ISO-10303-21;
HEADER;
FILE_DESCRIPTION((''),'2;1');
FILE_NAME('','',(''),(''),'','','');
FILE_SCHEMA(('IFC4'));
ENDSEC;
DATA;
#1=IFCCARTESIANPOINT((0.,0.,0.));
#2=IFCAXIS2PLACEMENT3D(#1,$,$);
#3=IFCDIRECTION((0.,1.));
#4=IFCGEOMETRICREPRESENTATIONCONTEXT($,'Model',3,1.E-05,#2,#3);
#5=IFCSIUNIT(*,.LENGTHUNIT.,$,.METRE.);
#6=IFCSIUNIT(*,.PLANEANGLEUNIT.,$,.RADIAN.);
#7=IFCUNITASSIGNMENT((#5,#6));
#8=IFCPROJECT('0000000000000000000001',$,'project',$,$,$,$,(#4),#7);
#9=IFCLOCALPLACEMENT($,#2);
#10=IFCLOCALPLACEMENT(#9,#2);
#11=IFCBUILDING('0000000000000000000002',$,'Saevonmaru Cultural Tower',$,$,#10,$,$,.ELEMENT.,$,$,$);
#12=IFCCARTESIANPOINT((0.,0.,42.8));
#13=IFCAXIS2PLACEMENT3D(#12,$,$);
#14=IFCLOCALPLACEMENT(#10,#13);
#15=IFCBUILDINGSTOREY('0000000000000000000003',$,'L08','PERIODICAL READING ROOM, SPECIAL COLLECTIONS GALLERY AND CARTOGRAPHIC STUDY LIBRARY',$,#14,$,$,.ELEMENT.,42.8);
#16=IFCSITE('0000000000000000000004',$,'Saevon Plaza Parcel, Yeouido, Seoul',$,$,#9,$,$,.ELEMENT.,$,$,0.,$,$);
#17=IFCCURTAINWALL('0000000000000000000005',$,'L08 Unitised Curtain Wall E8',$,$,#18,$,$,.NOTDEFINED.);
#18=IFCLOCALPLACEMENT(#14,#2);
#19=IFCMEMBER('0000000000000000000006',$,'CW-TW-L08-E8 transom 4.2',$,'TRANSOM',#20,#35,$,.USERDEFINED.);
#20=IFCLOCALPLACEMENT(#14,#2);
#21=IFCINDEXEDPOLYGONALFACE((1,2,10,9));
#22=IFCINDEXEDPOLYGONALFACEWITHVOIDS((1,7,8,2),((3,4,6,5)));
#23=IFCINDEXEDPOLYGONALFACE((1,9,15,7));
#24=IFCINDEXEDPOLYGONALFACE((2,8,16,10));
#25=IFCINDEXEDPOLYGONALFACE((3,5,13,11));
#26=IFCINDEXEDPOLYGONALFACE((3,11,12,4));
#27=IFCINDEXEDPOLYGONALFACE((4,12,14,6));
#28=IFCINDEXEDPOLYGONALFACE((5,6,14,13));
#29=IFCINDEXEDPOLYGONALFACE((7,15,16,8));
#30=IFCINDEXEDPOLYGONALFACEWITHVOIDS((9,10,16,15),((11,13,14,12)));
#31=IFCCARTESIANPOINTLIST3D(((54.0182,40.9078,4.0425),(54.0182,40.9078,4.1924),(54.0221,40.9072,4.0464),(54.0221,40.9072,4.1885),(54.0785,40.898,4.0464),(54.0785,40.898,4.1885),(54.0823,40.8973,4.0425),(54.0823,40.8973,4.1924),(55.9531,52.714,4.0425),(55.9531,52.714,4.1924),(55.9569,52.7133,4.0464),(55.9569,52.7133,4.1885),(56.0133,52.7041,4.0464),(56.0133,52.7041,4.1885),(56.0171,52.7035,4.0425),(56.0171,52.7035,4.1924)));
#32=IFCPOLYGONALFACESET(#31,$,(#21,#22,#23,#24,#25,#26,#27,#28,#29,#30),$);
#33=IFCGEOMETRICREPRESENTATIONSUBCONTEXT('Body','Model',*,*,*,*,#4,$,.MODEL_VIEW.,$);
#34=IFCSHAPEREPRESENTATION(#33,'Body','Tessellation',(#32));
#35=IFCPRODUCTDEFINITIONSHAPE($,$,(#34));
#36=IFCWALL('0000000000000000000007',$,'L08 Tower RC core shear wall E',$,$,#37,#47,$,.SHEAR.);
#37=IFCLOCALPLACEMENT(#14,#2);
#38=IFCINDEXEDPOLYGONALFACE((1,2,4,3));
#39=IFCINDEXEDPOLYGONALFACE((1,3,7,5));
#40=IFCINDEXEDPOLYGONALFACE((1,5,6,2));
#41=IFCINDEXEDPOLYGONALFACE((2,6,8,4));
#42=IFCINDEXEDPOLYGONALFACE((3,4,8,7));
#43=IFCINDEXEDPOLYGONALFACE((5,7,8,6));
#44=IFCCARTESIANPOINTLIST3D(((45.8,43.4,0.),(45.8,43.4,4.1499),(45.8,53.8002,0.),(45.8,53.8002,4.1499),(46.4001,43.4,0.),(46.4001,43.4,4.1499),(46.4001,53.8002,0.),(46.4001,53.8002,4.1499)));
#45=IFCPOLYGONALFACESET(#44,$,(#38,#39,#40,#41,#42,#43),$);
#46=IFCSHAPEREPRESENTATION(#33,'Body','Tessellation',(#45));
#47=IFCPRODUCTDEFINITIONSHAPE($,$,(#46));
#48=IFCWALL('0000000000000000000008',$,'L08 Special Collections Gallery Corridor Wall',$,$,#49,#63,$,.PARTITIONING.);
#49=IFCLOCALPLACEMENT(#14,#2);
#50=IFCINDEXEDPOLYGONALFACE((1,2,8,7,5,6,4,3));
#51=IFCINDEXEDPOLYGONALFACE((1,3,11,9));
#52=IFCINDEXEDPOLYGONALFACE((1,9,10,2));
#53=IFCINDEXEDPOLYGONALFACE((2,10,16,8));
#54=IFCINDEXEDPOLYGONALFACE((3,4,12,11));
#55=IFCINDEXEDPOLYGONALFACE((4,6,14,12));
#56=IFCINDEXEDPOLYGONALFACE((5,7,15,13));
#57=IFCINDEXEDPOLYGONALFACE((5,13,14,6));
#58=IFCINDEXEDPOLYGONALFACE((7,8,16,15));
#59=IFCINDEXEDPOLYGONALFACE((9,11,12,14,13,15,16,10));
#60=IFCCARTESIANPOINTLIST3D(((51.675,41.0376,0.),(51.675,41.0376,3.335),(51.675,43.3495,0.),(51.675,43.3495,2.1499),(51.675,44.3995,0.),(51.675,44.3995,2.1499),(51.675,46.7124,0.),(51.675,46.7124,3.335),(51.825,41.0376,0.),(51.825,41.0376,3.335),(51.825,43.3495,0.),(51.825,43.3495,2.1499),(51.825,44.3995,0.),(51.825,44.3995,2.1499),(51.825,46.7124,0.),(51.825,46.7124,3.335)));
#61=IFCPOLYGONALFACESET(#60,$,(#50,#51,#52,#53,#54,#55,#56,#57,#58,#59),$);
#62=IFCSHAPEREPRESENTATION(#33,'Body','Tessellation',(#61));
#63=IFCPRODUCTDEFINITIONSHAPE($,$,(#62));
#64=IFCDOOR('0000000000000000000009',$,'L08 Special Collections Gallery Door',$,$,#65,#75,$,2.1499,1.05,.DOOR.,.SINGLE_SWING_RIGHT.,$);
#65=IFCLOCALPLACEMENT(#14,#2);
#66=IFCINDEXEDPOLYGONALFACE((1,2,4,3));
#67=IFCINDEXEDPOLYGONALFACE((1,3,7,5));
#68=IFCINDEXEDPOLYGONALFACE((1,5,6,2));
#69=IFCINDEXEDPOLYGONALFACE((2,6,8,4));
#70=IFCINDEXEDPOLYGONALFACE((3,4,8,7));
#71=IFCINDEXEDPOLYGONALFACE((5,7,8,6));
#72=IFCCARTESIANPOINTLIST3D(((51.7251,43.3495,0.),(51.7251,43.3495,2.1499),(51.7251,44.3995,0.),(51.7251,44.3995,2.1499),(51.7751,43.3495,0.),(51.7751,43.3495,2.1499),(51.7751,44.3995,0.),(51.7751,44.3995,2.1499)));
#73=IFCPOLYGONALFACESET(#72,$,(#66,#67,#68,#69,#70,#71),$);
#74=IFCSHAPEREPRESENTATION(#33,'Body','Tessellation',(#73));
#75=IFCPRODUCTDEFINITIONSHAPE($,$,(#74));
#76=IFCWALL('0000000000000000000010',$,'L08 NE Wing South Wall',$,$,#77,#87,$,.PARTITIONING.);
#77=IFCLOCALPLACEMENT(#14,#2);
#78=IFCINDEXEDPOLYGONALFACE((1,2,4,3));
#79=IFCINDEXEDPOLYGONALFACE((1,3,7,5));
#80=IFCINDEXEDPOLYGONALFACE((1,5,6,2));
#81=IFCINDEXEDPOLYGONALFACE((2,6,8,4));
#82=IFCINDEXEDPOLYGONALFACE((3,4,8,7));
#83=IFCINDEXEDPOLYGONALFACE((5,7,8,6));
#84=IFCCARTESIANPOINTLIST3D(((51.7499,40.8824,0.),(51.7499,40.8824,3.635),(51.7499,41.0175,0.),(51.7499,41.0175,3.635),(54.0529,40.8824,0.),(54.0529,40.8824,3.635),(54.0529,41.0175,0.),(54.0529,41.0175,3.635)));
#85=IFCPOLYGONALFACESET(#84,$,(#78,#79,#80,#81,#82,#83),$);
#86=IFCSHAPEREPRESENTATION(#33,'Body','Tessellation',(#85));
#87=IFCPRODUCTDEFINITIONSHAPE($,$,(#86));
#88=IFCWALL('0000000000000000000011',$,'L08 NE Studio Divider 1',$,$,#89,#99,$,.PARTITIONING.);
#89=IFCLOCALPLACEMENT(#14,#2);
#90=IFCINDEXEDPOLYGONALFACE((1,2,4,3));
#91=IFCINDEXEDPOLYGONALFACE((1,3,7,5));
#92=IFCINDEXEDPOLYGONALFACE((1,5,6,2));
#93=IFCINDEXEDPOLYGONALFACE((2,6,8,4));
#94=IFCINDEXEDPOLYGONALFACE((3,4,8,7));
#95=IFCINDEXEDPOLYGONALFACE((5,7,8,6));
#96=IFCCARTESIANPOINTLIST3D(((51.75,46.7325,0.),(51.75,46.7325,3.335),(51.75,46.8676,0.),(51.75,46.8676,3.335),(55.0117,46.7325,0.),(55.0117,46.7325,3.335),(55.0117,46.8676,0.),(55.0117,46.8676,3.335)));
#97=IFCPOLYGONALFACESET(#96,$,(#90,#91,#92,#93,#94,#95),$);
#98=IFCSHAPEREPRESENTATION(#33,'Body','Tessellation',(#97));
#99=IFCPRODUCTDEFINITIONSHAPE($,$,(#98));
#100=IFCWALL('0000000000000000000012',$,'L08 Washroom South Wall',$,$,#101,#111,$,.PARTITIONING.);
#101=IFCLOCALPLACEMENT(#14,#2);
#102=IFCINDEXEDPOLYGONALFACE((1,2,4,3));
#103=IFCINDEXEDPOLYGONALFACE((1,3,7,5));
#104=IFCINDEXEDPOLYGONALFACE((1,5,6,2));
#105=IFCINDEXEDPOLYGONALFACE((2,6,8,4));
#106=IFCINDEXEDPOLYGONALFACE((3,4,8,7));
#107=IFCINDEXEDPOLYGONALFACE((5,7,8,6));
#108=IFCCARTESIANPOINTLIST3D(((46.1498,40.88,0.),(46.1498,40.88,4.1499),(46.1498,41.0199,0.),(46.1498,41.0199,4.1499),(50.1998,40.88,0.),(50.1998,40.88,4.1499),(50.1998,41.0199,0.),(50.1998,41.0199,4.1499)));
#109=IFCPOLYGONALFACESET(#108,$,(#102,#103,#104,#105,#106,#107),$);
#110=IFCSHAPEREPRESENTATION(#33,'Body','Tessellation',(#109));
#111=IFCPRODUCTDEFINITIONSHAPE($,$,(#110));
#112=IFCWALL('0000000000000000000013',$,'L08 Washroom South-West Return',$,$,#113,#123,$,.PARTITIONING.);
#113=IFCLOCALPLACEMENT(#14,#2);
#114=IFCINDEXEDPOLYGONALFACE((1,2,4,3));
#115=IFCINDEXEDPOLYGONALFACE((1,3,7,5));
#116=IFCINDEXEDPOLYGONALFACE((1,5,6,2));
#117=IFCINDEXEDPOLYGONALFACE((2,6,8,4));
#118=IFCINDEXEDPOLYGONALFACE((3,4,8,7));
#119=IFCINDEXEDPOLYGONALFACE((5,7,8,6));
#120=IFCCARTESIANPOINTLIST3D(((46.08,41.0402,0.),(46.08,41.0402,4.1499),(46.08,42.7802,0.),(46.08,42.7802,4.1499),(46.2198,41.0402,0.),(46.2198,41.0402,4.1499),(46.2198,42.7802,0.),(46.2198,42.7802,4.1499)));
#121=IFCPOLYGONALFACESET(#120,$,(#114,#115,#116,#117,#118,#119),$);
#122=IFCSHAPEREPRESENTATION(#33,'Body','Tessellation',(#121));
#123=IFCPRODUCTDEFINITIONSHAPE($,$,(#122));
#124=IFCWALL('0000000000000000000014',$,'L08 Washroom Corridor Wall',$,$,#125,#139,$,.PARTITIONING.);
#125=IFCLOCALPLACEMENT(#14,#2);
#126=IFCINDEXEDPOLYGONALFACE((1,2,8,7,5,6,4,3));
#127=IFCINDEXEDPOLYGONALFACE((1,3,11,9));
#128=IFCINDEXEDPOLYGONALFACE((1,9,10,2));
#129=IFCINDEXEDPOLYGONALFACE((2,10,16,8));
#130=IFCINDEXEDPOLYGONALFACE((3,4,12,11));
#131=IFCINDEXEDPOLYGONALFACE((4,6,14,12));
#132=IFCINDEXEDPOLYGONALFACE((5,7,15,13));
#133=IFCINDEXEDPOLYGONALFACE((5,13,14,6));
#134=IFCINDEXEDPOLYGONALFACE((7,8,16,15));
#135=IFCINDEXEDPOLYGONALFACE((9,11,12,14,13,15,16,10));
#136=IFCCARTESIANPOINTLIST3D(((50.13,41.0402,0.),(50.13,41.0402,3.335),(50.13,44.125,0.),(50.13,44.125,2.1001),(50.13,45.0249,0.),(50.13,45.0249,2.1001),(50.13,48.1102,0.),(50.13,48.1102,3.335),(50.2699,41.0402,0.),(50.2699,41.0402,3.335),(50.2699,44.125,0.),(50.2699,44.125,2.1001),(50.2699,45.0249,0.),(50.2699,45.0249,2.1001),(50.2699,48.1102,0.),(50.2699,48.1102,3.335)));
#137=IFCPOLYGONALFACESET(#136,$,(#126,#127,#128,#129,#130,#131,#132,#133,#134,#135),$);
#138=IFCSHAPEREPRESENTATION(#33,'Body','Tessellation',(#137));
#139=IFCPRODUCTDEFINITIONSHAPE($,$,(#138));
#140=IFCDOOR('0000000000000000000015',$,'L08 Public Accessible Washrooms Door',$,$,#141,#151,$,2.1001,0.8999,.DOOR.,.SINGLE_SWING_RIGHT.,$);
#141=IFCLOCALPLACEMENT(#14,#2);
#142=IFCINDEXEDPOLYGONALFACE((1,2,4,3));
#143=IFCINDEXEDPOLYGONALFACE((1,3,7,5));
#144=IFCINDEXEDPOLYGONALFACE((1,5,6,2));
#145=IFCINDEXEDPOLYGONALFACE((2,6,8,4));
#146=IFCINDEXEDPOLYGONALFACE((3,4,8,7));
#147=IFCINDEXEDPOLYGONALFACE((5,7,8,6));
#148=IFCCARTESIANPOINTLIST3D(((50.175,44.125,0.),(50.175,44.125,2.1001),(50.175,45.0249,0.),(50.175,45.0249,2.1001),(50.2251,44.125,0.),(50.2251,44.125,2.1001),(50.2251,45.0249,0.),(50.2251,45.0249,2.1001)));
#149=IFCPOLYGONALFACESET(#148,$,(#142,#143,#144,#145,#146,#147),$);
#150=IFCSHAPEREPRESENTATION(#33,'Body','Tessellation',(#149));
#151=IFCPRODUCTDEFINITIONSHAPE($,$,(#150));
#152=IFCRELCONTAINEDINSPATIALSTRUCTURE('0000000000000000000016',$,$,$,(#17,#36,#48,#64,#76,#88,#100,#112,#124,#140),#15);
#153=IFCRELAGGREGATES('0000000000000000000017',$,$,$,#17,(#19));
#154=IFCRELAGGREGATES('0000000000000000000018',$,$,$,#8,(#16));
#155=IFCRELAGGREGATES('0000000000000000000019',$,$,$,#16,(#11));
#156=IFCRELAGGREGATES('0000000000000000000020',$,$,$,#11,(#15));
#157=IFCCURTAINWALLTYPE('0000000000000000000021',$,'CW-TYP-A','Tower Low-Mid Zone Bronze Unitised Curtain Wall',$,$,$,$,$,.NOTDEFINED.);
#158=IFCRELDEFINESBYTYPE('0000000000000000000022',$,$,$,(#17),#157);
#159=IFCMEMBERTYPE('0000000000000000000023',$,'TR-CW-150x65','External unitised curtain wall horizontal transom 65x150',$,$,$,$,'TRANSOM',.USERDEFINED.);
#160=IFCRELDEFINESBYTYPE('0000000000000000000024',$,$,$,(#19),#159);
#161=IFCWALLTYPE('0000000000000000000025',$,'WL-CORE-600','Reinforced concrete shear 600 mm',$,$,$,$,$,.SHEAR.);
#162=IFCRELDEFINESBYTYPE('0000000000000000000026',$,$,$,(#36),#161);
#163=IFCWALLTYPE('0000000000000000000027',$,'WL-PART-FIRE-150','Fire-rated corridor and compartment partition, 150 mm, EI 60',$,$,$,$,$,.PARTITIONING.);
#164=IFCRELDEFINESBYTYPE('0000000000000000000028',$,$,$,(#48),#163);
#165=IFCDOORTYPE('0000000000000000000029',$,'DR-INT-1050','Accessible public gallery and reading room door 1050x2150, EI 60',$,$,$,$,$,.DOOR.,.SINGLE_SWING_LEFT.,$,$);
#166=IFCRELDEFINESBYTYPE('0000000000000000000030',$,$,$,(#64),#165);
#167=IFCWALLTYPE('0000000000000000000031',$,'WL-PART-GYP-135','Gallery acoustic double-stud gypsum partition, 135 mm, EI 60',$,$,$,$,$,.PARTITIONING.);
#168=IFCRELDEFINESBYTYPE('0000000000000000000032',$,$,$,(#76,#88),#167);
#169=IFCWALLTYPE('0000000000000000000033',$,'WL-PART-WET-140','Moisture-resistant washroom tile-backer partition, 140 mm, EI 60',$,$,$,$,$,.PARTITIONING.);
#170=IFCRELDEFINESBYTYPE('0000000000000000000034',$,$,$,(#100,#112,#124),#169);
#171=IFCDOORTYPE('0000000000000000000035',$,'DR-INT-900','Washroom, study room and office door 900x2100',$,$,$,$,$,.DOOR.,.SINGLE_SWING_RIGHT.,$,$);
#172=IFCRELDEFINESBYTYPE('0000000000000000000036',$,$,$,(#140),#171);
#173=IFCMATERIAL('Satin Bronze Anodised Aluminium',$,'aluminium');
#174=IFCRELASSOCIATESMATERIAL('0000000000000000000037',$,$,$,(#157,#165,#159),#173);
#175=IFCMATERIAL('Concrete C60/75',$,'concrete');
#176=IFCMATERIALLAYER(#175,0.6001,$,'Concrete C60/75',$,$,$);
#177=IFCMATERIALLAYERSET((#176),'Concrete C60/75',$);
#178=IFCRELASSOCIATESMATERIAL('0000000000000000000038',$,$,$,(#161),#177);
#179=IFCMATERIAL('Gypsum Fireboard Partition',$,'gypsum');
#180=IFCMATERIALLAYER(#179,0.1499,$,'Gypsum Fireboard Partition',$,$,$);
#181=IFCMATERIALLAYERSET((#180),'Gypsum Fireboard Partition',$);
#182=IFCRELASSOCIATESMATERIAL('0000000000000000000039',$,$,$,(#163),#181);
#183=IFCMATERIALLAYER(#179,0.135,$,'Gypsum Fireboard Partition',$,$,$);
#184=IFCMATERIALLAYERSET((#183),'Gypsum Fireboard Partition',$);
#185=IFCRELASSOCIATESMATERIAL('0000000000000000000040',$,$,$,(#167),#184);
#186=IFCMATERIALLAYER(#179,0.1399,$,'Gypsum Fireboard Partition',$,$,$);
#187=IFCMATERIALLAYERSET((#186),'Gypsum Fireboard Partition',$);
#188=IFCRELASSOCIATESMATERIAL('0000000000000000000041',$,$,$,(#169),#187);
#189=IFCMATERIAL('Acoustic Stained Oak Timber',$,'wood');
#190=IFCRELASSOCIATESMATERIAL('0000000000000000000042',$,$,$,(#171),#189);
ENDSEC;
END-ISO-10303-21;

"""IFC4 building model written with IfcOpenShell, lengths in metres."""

from ifc_helpers import new_model, si_unit, direction, frame, frame_2d, origin, origin_2d, place, context, subcontext, project, spatial, rectangle, hollow_rectangle, extrude, material, layer, layer_set, material_profile, profile_set, type_object, element, fill, aggregate, save


model = new_model("IFC4")

# Units and contexts
model_context = context("Model", 3, precision=1e-05, world=origin(), true_north=direction((0.0, 1.0)))
body_context = subcontext(model_context, "Body", "Model", "MODEL_VIEW")
ifc_project = project(units=[si_unit("LENGTHUNIT", "METRE"), si_unit("PLANEANGLEUNIT", "RADIAN")], contexts=[model_context])

# Site, building, storey
site_placement = place(None, origin())
site = spatial("IfcSite", under=ifc_project, at=site_placement, Name="Saevon Plaza Parcel, Yeouido, Seoul", CompositionType="ELEMENT", RefElevation=0.0)
building_placement = place(site_placement, origin())
building = spatial("IfcBuilding", under=site, at=building_placement, Name="Saevonmaru Cultural Tower", CompositionType="ELEMENT")
storey_placement = place(building_placement, frame((0.0, 0.0, 42.8)))
storey = spatial("IfcBuildingStorey", under=building, at=storey_placement, Name="L08", Description="PERIODICAL READING ROOM, SPECIAL COLLECTIONS GALLERY AND CARTOGRAPHIC STUDY LIBRARY", CompositionType="ELEMENT", Elevation=42.8)

# Curtain wall, member
ifc_material_1 = material(Name="Satin Bronze Anodised Aluminium", Category="aluminium")
curtain_wall_type = type_object("IfcCurtainWallType", Name="CW-TYP-A", Description="Tower Low-Mid Zone Bronze Unitised Curtain Wall", PredefinedType="NOTDEFINED", material=ifc_material_1)
curtain_wall_placement = place(storey_placement, origin())
curtain_wall = element("IfcCurtainWall", 1, at=curtain_wall_placement, inside=storey, type_object=curtain_wall_type, Name="L08 Unitised Curtain Wall E8", PredefinedType="NOTDEFINED")
ifc_material_profile_1 = material_profile(ifc_material_1, hollow_rectangle(XDim=0.0649, YDim=0.1499, WallThickness=0.0039, at=origin_2d()), Name="ALU-TRAN-150x65x4")
ifc_profile_set_1 = profile_set([ifc_material_profile_1], Name="Satin Bronze Anodised Aluminium")
member_type_1 = type_object("IfcMemberType", Name="TR-CW-150x65", Description="External unitised curtain wall horizontal transom 65x150", ElementType="TRANSOM", PredefinedType="USERDEFINED", material=ifc_profile_set_1)
member_1_placement = place(storey_placement, frame((54.0503, 40.9026, 4.1174), z_axis=(0.161725, 0.986836, 0.0), x_axis=(-0.986836, 0.161725, 0.0)))
member_1 = element("IfcMember", 2, at=member_1_placement, type_object=member_type_1, Name="CW-TW-L08-E8 transom 4.2", ObjectType="TRANSOM", PredefinedType="USERDEFINED", context=body_context, shape_type="SweptSolid", body=[
    extrude(hollow_rectangle(XDim=0.0649, YDim=0.1499, WallThickness=0.0039, at=origin_2d()), origin(), (0.0, 0.0, 1.0), 11.9636),
])
aggregate(curtain_wall, [member_1])

# Wall
ifc_material_2 = material(Name="Concrete C60/75", Category="concrete")
ifc_layer_1 = layer(ifc_material_2, 0.6001, Name="Concrete C60/75")
ifc_layer_set_1 = layer_set([ifc_layer_1], Name="Concrete C60/75")
wall_type_1 = type_object("IfcWallType", Name="WL-CORE-600", Description="Reinforced concrete shear 600 mm", PredefinedType="SHEAR", material=ifc_layer_set_1)
wall_1_placement = place(storey_placement, frame((46.1001, 43.3999, 0.0), z_axis=(0.0, 0.0, 1.0), x_axis=(0.0, 1.0, 0.0)))
element("IfcWall", 3, at=wall_1_placement, inside=storey, type_object=wall_type_1, Name="L08 Tower RC core shear wall E", PredefinedType="SHEAR", context=body_context, shape_type="SweptSolid", body=[
    extrude(rectangle(XDim=10.4001, YDim=0.6001, at=frame_2d((5.2002, 0.0))), origin(), (0.0, 0.0, 1.0), 4.1499),
])

# Wall, opening, door
ifc_material_3 = material(Name="Gypsum Fireboard Partition", Category="gypsum")
ifc_layer_2 = layer(ifc_material_3, 0.1499, Name="Gypsum Fireboard Partition")
ifc_layer_set_2 = layer_set([ifc_layer_2], Name="Gypsum Fireboard Partition")
wall_type_2 = type_object("IfcWallType", Name="WL-PART-FIRE-150", Description="Fire-rated corridor and compartment partition, 150 mm, EI 60", PredefinedType="PARTITIONING", material=ifc_layer_set_2)
wall_2_placement = place(storey_placement, frame((51.75, 41.0376, 0.0), z_axis=(0.0, 0.0, 1.0), x_axis=(0.0, 1.0, 0.0)))
wall_2 = element("IfcWall", 4, at=wall_2_placement, inside=storey, type_object=wall_type_2, Name="L08 Special Collections Gallery Corridor Wall", PredefinedType="PARTITIONING", context=body_context, shape_type="SweptSolid", body=[
    extrude(rectangle(XDim=5.6748, YDim=0.1499, at=frame_2d((2.8374, 0.0))), origin(), (0.0, 0.0, 1.0), 3.335),
])
opening_1_placement = place(wall_2_placement, frame((2.312, 0.0, 0.0)))
opening_1 = element("IfcOpeningElement", 5, at=opening_1_placement, cuts=wall_2, PredefinedType="OPENING", context=body_context, shape_type="SweptSolid", body=[
    extrude(rectangle(XDim=1.05, YDim=2.1499, at=frame_2d((0.5249, 1.075))), frame((0.0, 0.085, 0.0), z_axis=(0.0, -1.0, 0.0), x_axis=(1.0, 0.0, 0.0)), (0.0, 0.0, 1.0), 0.1699),
])
door_type_1 = type_object("IfcDoorType", Name="DR-INT-1050", Description="Accessible public gallery and reading room door 1050x2150, EI 60", OperationType="SINGLE_SWING_LEFT", PredefinedType="DOOR", material=ifc_material_1)
door_1_placement = place(opening_1_placement, origin())
door_1 = element("IfcDoor", 6, at=door_1_placement, inside=storey, type_object=door_type_1, Name="L08 Special Collections Gallery Door", OperationType="SINGLE_SWING_RIGHT", OverallHeight=2.1499, OverallWidth=1.05, PredefinedType="DOOR", context=body_context, shape_type="SweptSolid", body=[
    extrude(rectangle(XDim=1.05, YDim=2.1499, at=frame_2d((0.5249, 1.075))), frame((0.0, 0.0249, 0.0), z_axis=(0.0, -1.0, 0.0), x_axis=(1.0, 0.0, 0.0)), (0.0, 0.0, 1.0), 0.05),
])
fill(opening_1, door_1)

# Walls
ifc_layer_3 = layer(ifc_material_3, 0.135, Name="Gypsum Fireboard Partition")
ifc_layer_set_3 = layer_set([ifc_layer_3], Name="Gypsum Fireboard Partition")
wall_type_3 = type_object("IfcWallType", Name="WL-PART-GYP-135", Description="Gallery acoustic double-stud gypsum partition, 135 mm, EI 60", PredefinedType="PARTITIONING", material=ifc_layer_set_3)
wall_3_placement = place(storey_placement, frame((51.75, 40.95, 0.0), z_axis=(0.0, 0.0, 1.0), x_axis=(1.0, 0.0, 0.0)))
element("IfcWall", 7, at=wall_3_placement, inside=storey, type_object=wall_type_3, Name="L08 NE Wing South Wall", PredefinedType="PARTITIONING", context=body_context, shape_type="SweptSolid", body=[
    extrude(rectangle(XDim=2.303, YDim=0.135, at=frame_2d((1.1514, 0.0))), origin(), (0.0, 0.0, 1.0), 3.635),
])
wall_4_placement = place(storey_placement, frame((51.75, 46.8, 0.0), z_axis=(0.0, 0.0, 1.0), x_axis=(1.0, 0.0, 0.0)))
element("IfcWall", 8, at=wall_4_placement, inside=storey, type_object=wall_type_3, Name="L08 NE Studio Divider 1", PredefinedType="PARTITIONING", context=body_context, shape_type="SweptSolid", body=[
    extrude(rectangle(XDim=3.2617, YDim=0.135, at=frame_2d((1.6309, 0.0))), origin(), (0.0, 0.0, 1.0), 3.335),
])
ifc_layer_4 = layer(ifc_material_3, 0.1399, Name="Gypsum Fireboard Partition")
ifc_layer_set_4 = layer_set([ifc_layer_4], Name="Gypsum Fireboard Partition")
wall_type_4 = type_object("IfcWallType", Name="WL-PART-WET-140", Description="Moisture-resistant washroom tile-backer partition, 140 mm, EI 60", PredefinedType="PARTITIONING", material=ifc_layer_set_4)
wall_5_placement = place(storey_placement, frame((46.1499, 40.95, 0.0), z_axis=(0.0, 0.0, 1.0), x_axis=(1.0, 0.0, 0.0)))
element("IfcWall", 9, at=wall_5_placement, inside=storey, type_object=wall_type_4, Name="L08 Washroom South Wall", PredefinedType="PARTITIONING", context=body_context, shape_type="SweptSolid", body=[
    extrude(rectangle(XDim=4.05, YDim=0.1399, at=frame_2d((2.0249, 0.0))), origin(), (0.0, 0.0, 1.0), 4.1499),
])
wall_6_placement = place(storey_placement, frame((46.1499, 41.04, 0.0), z_axis=(0.0, 0.0, 1.0), x_axis=(0.0, 1.0, 0.0)))
element("IfcWall", 10, at=wall_6_placement, inside=storey, type_object=wall_type_4, Name="L08 Washroom South-West Return", PredefinedType="PARTITIONING", context=body_context, shape_type="SweptSolid", body=[
    extrude(rectangle(XDim=1.74, YDim=0.1399, at=frame_2d((0.8701, 0.0))), origin(), (0.0, 0.0, 1.0), 4.1499),
])

# Wall, opening, door
wall_7_placement = place(storey_placement, frame((50.2, 41.04, 0.0), z_axis=(0.0, 0.0, 1.0), x_axis=(0.0, 1.0, 0.0)))
wall_7 = element("IfcWall", 11, at=wall_7_placement, inside=storey, type_object=wall_type_4, Name="L08 Washroom Corridor Wall", PredefinedType="PARTITIONING", context=body_context, shape_type="SweptSolid", body=[
    extrude(rectangle(XDim=7.0701, YDim=0.1399, at=frame_2d((3.5352, 0.0))), origin(), (0.0, 0.0, 1.0), 3.335),
])
opening_2_placement = place(wall_7_placement, frame((3.085, 0.0, 0.0)))
opening_2 = element("IfcOpeningElement", 12, at=opening_2_placement, cuts=wall_7, PredefinedType="OPENING", context=body_context, shape_type="SweptSolid", body=[
    extrude(rectangle(XDim=0.8999, YDim=2.1001, at=frame_2d((0.45, 1.05))), frame((0.0, 0.0801, 0.0), z_axis=(0.0, -1.0, 0.0), x_axis=(1.0, 0.0, 0.0)), (0.0, 0.0, 1.0), 0.1599),
])
ifc_material_4 = material(Name="Acoustic Stained Oak Timber", Category="wood")
door_type_2 = type_object("IfcDoorType", Name="DR-INT-900", Description="Washroom, study room and office door 900x2100", OperationType="SINGLE_SWING_RIGHT", PredefinedType="DOOR", material=ifc_material_4)
door_2_placement = place(opening_2_placement, origin())
door_2 = element("IfcDoor", 13, at=door_2_placement, inside=storey, type_object=door_type_2, Name="L08 Public Accessible Washrooms Door", OperationType="SINGLE_SWING_RIGHT", OverallHeight=2.1001, OverallWidth=0.8999, PredefinedType="DOOR", context=body_context, shape_type="SweptSolid", body=[
    extrude(rectangle(XDim=0.8999, YDim=2.1001, at=frame_2d((0.45, 1.05))), frame((0.0, 0.0249, 0.0), z_axis=(0.0, -1.0, 0.0), x_axis=(1.0, 0.0, 0.0)), (0.0, 0.0, 1.0), 0.05),
])
fill(opening_2, door_2)

save(model, "model.ifc")
